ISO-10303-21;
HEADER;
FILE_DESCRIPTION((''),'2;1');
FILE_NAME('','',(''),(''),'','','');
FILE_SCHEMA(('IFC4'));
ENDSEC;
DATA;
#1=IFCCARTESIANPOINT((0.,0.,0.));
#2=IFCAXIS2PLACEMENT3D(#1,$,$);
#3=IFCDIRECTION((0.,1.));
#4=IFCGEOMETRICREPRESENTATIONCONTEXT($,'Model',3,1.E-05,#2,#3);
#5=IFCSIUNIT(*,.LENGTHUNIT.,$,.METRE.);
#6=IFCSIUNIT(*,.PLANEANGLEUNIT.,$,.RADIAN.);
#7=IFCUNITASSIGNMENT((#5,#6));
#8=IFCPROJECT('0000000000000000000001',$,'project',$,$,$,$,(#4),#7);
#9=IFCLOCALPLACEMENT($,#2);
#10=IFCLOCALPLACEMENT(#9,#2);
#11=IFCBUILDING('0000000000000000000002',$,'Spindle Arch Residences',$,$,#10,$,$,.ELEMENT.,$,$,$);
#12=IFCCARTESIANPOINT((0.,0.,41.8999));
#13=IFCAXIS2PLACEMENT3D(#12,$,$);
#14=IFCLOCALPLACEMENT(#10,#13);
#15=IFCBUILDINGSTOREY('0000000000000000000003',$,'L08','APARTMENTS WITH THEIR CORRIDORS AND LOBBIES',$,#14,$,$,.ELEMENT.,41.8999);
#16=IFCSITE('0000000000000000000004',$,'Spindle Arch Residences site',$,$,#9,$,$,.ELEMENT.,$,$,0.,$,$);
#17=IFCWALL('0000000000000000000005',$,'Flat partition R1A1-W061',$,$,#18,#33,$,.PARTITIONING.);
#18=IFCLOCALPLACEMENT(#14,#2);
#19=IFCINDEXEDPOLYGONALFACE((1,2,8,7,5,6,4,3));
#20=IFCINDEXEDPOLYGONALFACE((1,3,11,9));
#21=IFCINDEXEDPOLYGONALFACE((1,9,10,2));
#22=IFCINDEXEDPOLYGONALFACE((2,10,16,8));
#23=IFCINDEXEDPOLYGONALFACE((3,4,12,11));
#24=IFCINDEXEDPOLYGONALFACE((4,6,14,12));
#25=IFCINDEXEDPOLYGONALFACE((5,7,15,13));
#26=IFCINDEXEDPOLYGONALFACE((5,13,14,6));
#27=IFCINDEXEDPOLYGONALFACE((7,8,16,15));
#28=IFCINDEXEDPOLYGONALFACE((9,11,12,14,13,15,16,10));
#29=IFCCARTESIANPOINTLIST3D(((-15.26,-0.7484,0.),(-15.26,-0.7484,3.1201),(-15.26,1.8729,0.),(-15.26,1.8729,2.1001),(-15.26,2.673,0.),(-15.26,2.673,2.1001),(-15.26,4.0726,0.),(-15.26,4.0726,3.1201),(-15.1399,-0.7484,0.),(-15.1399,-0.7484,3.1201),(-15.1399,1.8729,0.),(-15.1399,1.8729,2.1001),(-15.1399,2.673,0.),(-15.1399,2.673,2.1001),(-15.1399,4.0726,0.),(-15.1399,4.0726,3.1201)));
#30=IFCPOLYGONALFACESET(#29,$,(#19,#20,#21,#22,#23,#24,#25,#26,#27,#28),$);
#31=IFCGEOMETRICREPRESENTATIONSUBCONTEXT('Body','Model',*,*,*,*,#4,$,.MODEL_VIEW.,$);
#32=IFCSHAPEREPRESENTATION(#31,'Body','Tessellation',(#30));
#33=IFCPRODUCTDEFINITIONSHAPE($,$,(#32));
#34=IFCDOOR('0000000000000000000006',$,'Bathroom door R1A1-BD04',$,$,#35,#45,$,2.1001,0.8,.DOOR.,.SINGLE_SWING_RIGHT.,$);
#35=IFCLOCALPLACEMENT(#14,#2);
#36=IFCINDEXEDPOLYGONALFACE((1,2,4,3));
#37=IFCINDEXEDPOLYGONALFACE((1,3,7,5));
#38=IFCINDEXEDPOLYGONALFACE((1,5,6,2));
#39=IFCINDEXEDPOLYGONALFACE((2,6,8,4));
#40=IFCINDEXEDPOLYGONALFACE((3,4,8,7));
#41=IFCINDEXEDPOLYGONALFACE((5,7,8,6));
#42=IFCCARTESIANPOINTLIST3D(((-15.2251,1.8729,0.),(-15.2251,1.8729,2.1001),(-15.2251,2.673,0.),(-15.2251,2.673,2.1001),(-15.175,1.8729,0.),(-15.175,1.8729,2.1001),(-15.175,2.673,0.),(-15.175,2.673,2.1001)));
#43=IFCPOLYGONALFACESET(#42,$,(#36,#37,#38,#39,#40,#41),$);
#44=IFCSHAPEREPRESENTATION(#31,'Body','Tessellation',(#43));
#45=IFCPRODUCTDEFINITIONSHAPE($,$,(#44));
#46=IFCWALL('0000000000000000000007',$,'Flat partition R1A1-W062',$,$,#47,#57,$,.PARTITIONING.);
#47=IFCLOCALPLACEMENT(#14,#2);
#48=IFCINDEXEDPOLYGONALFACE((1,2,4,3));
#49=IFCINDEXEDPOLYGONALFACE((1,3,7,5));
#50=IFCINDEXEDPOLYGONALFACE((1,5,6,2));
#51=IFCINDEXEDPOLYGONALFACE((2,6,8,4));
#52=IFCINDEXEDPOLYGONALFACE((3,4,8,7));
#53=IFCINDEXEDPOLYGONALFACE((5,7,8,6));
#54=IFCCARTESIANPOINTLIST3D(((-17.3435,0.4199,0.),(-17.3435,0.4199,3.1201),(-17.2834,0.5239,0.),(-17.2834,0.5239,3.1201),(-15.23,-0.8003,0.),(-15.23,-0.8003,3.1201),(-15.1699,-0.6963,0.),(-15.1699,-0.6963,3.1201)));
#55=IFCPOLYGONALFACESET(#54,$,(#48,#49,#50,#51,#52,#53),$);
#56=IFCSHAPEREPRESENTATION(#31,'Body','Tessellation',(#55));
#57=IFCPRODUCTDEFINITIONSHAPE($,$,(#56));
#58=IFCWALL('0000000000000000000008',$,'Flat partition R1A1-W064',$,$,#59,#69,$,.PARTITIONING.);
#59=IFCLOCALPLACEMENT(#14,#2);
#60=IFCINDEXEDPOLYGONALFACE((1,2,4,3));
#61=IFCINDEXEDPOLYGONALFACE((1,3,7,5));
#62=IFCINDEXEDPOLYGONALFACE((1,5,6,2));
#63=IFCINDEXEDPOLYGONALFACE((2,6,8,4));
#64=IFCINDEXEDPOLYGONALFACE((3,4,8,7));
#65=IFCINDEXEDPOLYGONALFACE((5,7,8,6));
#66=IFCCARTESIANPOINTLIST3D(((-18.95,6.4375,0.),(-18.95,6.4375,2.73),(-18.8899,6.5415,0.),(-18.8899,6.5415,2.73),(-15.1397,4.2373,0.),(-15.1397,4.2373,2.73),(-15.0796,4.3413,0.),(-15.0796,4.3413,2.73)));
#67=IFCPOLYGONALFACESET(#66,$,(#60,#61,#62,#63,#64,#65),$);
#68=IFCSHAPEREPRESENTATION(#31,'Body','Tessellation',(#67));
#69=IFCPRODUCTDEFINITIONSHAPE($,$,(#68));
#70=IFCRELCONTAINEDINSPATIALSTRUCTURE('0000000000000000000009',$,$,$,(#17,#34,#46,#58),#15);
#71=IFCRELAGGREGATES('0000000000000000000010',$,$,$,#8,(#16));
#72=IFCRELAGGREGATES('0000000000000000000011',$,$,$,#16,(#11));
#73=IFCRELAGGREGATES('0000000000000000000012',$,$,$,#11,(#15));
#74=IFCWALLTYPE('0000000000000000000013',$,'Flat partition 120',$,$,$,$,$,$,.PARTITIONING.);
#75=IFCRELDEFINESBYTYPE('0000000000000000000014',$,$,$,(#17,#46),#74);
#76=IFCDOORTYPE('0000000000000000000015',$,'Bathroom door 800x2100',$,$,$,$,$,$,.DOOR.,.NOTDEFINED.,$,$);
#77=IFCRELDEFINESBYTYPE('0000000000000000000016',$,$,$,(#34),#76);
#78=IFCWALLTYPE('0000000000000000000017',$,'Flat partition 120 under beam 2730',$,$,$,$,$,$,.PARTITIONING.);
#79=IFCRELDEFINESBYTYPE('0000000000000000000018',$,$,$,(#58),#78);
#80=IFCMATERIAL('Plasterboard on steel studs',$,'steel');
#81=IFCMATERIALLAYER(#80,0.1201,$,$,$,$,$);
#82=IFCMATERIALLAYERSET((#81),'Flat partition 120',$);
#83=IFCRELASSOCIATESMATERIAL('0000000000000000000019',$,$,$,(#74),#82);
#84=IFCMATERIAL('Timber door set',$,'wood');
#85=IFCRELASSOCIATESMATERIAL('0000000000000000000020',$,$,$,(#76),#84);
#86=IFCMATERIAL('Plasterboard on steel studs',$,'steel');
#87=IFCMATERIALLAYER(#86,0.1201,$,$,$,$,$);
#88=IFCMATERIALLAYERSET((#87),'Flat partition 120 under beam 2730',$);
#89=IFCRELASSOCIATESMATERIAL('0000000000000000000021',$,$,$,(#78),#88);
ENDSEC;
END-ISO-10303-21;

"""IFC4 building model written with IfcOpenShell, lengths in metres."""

from ifc_helpers import new_model, si_unit, direction, frame, frame_2d, origin, place, context, subcontext, project, spatial, rectangle, extrude, material, layer, layer_set, type_object, element, fill, save


model = new_model("IFC4")

# Units and contexts
model_context = context("Model", 3, precision=1e-05, world=origin(), true_north=direction((0.0, 1.0)))
body_context = subcontext(model_context, "Body", "Model", "MODEL_VIEW")
ifc_project = project(units=[si_unit("LENGTHUNIT", "METRE"), si_unit("PLANEANGLEUNIT", "RADIAN")], contexts=[model_context])

# Site, building, storey
site_placement = place(None, origin())
site = spatial("IfcSite", under=ifc_project, at=site_placement, Name="Spindle Arch Residences site", CompositionType="ELEMENT", RefElevation=0.0)
building_placement = place(site_placement, origin())
building = spatial("IfcBuilding", under=site, at=building_placement, Name="Spindle Arch Residences", CompositionType="ELEMENT")
storey_placement = place(building_placement, frame((0.0, 0.0, 41.8999)))
storey = spatial("IfcBuildingStorey", under=building, at=storey_placement, Name="L08", Description="APARTMENTS WITH THEIR CORRIDORS AND LOBBIES", CompositionType="ELEMENT", Elevation=41.8999)

# Shared definitions
ifc_material_1 = material(Name="Plasterboard on steel studs", Category="steel")
ifc_layer_1 = layer(ifc_material_1, 0.1201)
ifc_layer_set_1 = layer_set([ifc_layer_1], Name="Flat partition 120")
wall_type_1 = type_object("IfcWallType", Name="Flat partition 120", PredefinedType="PARTITIONING", material=ifc_layer_set_1)

# Wall, opening, door
wall_1_placement = place(storey_placement, frame((-15.2, 4.0728, 0.0), z_axis=(0.0, 0.0, 1.0), x_axis=(0.0, -1.0, 0.0)))
wall_1 = element("IfcWall", 1, at=wall_1_placement, inside=storey, type_object=wall_type_1, Name="Flat partition R1A1-W061", PredefinedType="PARTITIONING", context=body_context, shape_type="SweptSolid", body=[
    extrude(rectangle(XDim=4.821, YDim=0.1201, at=frame_2d((2.4106, 0.0))), origin(), (0.0, 0.0, 1.0), 3.1201),
])
opening_1_placement = place(wall_1_placement, frame((1.3999, 0.0, 0.0)))
opening_1 = element("IfcOpeningElement", 2, at=opening_1_placement, cuts=wall_1, PredefinedType="OPENING", context=body_context, shape_type="SweptSolid", body=[
    extrude(rectangle(XDim=0.8, YDim=2.1001, at=frame_2d((0.3999, 1.05))), frame((0.0, 0.0701, 0.0), z_axis=(0.0, -1.0, 0.0), x_axis=(1.0, 0.0, 0.0)), (0.0, 0.0, 1.0), 0.1401),
])
ifc_material_2 = material(Name="Timber door set", Category="wood")
door_type_1 = type_object("IfcDoorType", Name="Bathroom door 800x2100", OperationType="NOTDEFINED", PredefinedType="DOOR", material=ifc_material_2)
door_1_placement = place(opening_1_placement, origin())
door_1 = element("IfcDoor", 3, at=door_1_placement, inside=storey, type_object=door_type_1, Name="Bathroom door R1A1-BD04", OperationType="SINGLE_SWING_RIGHT", OverallHeight=2.1001, OverallWidth=0.8, PredefinedType="DOOR", context=body_context, shape_type="SweptSolid", body=[
    extrude(rectangle(XDim=0.8, YDim=2.1001, at=frame_2d((0.3999, 1.05))), frame((0.0, 0.0249, 0.0), z_axis=(0.0, -1.0, 0.0), x_axis=(1.0, 0.0, 0.0)), (0.0, 0.0, 1.0), 0.05),
])
fill(opening_1, door_1)

# Walls
wall_2_placement = place(storey_placement, frame((-15.2, -0.7483, 0.0), z_axis=(0.0, 0.0, 1.0), x_axis=(-0.866031, 0.499991, 0.0)))
element("IfcWall", 4, at=wall_2_placement, inside=storey, type_object=wall_type_1, Name="Flat partition R1A1-W062", PredefinedType="PARTITIONING", context=body_context, shape_type="SweptSolid", body=[
    extrude(rectangle(XDim=2.4404, YDim=0.1201, at=frame_2d((1.2202, 0.0))), origin(), (0.0, 0.0, 1.0), 3.1201),
])
ifc_material_3 = material(Name="Plasterboard on steel studs", Category="steel")
ifc_layer_2 = layer(ifc_material_3, 0.1201)
ifc_layer_set_2 = layer_set([ifc_layer_2], Name="Flat partition 120 under beam 2730")
wall_type_2 = type_object("IfcWallType", Name="Flat partition 120 under beam 2730", PredefinedType="PARTITIONING", material=ifc_layer_set_2)
wall_3_placement = place(storey_placement, frame((-18.9199, 6.4895, 0.0), z_axis=(0.0, 0.0, 1.0), x_axis=(0.865994, -0.500054, 0.0)))
element("IfcWall", 5, at=wall_3_placement, inside=storey, type_object=wall_type_2, Name="Flat partition R1A1-W064", PredefinedType="PARTITIONING", context=body_context, shape_type="SweptSolid", body=[
    extrude(rectangle(XDim=4.3999, YDim=0.1201, at=frame_2d((2.2, 0.0))), origin(), (0.0, 0.0, 1.0), 2.73),
])

save(model, "model.ifc")
